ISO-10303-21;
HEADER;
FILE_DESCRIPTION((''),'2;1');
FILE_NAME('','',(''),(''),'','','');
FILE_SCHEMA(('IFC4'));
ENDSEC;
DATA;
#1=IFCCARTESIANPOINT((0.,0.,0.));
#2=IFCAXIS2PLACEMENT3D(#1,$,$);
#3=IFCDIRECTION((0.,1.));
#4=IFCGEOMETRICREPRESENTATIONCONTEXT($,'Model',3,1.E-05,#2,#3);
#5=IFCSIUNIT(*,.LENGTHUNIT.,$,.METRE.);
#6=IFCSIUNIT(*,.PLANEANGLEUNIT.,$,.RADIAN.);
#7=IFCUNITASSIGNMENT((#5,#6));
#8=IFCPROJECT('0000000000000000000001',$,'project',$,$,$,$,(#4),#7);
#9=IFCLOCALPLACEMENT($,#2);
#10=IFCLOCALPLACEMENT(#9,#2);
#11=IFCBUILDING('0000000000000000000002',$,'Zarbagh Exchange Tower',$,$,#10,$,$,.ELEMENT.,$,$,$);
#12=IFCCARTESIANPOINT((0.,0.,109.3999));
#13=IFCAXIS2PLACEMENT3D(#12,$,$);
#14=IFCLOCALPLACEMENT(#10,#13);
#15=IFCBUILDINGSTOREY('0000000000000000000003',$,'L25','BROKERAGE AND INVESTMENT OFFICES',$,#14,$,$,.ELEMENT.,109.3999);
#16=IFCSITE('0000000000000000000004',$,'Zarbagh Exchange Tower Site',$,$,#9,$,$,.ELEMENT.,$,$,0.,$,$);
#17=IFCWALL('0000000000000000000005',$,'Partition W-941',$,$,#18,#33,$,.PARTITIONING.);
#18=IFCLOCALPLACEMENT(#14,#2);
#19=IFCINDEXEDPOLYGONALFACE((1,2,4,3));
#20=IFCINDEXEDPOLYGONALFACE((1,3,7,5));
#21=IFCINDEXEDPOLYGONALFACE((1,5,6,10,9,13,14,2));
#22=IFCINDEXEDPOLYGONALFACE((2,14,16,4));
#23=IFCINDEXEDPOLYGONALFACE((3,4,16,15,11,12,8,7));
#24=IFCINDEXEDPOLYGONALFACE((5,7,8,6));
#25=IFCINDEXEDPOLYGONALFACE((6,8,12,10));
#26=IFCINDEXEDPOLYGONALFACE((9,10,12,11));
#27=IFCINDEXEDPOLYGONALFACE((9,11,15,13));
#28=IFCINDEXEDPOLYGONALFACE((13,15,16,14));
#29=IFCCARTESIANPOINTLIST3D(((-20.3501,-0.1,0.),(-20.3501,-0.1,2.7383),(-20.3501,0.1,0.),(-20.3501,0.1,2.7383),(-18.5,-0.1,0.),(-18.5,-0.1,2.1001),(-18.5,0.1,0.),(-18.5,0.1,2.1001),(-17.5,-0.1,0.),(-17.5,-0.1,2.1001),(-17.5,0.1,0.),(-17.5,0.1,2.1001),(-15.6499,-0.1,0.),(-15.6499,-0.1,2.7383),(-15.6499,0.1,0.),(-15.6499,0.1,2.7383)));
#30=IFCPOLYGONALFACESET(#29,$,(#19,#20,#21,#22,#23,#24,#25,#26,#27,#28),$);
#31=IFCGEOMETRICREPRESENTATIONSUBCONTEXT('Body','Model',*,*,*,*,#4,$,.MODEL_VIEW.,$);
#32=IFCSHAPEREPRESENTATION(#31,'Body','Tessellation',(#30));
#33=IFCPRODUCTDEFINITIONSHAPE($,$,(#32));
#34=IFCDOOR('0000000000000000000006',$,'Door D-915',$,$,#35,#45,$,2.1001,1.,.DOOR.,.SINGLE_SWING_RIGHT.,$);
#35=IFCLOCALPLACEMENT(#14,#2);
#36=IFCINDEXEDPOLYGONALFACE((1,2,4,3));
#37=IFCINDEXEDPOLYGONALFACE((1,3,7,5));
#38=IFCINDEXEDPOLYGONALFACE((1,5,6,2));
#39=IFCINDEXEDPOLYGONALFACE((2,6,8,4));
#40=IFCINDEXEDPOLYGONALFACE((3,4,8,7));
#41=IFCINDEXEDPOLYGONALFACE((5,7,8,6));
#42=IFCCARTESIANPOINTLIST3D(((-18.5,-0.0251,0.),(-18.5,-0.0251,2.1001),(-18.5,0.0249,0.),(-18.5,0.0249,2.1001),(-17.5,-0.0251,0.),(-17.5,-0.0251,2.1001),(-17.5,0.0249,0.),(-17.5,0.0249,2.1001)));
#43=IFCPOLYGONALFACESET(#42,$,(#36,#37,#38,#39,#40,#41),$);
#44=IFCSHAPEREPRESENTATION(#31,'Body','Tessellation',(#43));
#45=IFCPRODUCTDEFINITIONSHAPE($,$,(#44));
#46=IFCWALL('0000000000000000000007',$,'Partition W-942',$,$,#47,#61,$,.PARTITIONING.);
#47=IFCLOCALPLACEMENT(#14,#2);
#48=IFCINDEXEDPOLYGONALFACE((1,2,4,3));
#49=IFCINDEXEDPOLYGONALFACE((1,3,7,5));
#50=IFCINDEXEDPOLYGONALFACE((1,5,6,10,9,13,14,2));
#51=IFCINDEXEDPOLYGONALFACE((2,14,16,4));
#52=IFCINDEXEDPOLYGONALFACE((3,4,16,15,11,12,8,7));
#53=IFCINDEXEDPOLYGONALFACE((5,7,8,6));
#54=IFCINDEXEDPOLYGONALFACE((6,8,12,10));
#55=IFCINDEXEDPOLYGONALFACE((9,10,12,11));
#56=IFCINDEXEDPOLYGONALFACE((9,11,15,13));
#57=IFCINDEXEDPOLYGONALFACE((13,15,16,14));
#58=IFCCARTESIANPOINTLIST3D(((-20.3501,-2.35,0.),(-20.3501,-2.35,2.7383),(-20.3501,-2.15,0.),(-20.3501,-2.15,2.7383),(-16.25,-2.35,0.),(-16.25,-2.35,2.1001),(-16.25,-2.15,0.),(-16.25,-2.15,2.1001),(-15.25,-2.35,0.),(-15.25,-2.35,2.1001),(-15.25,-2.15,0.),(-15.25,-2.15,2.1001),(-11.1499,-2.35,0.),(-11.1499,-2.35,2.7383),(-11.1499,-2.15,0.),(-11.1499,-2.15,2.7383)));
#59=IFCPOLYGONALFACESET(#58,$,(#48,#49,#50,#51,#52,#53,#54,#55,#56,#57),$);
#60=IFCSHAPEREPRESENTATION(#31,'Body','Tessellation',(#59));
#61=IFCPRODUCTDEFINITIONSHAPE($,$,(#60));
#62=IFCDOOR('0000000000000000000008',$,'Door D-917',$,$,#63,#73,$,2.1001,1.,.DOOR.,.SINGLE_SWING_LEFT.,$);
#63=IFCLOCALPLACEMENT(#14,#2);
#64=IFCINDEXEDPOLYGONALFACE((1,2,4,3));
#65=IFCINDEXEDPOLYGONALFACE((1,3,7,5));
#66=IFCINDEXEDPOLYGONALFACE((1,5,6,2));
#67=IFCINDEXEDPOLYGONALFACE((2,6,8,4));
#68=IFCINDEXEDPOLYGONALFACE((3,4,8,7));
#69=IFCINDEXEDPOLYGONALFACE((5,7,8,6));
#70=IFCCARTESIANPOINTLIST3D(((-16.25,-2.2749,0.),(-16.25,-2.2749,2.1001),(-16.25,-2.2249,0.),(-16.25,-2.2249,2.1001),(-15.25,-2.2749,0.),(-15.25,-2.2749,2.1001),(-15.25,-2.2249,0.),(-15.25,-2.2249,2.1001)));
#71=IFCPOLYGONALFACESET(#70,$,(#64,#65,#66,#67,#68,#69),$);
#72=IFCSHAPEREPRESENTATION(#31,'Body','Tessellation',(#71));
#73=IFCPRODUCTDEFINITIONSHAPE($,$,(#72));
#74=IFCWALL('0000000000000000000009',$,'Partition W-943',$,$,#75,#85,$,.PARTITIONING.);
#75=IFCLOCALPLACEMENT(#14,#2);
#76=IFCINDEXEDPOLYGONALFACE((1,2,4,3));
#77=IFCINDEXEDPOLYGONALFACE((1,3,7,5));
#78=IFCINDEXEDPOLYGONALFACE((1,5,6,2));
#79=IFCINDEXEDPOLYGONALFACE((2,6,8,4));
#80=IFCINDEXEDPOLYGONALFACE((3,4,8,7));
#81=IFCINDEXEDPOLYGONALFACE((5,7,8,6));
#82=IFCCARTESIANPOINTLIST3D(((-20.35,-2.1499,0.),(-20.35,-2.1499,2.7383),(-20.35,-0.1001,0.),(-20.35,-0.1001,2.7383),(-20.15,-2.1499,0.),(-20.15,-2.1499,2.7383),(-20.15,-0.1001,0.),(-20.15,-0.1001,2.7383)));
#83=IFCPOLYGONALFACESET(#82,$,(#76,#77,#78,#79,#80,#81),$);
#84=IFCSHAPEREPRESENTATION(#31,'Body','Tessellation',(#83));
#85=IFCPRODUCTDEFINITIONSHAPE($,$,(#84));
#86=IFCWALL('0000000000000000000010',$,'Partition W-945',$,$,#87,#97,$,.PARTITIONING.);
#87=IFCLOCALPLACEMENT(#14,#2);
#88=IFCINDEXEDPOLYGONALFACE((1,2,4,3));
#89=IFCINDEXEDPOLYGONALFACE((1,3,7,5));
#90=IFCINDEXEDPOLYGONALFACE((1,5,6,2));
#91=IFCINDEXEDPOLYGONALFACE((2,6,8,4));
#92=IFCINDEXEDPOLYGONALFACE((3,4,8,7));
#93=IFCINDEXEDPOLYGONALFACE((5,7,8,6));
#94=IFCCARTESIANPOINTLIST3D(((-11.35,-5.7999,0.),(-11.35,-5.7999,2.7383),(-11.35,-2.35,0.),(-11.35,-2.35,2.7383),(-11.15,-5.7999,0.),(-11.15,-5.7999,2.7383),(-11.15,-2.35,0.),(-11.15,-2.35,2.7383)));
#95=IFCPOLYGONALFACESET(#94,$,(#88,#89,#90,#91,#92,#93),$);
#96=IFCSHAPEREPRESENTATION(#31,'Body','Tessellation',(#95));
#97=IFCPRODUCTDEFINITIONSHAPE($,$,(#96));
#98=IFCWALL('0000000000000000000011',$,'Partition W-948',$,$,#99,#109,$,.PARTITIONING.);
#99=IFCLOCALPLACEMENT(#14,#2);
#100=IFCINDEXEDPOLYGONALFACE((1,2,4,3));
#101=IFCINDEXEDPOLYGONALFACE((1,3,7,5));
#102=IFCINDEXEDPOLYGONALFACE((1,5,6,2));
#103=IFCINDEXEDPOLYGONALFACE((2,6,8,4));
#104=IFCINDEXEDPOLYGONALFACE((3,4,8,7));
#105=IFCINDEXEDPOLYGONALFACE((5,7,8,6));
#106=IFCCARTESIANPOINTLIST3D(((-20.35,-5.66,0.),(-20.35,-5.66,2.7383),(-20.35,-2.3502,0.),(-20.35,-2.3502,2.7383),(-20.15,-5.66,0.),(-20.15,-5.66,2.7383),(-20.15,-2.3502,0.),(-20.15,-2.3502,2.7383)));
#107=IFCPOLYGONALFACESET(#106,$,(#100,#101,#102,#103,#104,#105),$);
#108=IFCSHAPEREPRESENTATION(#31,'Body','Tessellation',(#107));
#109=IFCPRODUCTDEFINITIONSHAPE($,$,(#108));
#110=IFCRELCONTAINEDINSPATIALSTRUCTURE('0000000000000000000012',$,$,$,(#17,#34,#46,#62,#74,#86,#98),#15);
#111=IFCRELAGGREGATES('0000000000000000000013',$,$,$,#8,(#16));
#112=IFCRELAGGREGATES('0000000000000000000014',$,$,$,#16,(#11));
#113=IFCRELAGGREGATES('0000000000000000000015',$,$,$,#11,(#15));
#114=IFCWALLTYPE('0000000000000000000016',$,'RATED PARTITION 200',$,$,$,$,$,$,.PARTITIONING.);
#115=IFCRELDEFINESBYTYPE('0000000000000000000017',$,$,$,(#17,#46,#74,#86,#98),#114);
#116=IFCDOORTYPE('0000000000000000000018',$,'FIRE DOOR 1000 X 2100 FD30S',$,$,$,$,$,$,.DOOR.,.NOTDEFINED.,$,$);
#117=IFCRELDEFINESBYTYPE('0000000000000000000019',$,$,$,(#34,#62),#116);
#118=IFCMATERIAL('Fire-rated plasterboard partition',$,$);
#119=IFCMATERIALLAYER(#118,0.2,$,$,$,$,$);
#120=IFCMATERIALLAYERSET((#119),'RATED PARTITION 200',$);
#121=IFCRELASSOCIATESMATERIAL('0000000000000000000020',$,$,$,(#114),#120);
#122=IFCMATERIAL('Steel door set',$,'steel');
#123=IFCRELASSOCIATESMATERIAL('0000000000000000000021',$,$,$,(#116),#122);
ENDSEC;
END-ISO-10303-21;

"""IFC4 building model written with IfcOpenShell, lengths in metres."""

from ifc_helpers import new_model, si_unit, direction, frame, frame_2d, origin, place, context, subcontext, project, spatial, rectangle, extrude, material, layer, layer_set, type_object, element, fill, save


model = new_model("IFC4")

# Units and contexts
model_context = context("Model", 3, precision=1e-05, world=origin(), true_north=direction((0.0, 1.0)))
body_context = subcontext(model_context, "Body", "Model", "MODEL_VIEW")
ifc_project = project(units=[si_unit("LENGTHUNIT", "METRE"), si_unit("PLANEANGLEUNIT", "RADIAN")], contexts=[model_context])

# Site, building, storey
site_placement = place(None, origin())
site = spatial("IfcSite", under=ifc_project, at=site_placement, Name="Zarbagh Exchange Tower Site", CompositionType="ELEMENT", RefElevation=0.0)
building_placement = place(site_placement, origin())
building = spatial("IfcBuilding", under=site, at=building_placement, Name="Zarbagh Exchange Tower", CompositionType="ELEMENT")
storey_placement = place(building_placement, frame((0.0, 0.0, 109.3999)))
storey = spatial("IfcBuildingStorey", under=building, at=storey_placement, Name="L25", Description="BROKERAGE AND INVESTMENT OFFICES", CompositionType="ELEMENT", Elevation=109.3999)

# Shared definitions
ifc_material_1 = material(Name="Fire-rated plasterboard partition")
ifc_layer = layer(ifc_material_1, 0.2)
ifc_layer_set = layer_set([ifc_layer], Name="RATED PARTITION 200")
wall_type = type_object("IfcWallType", Name="RATED PARTITION 200", PredefinedType="PARTITIONING", material=ifc_layer_set)

# Walls, openings, doors
ifc_material_2 = material(Name="Steel door set", Category="steel")
door_type = type_object("IfcDoorType", Name="FIRE DOOR 1000 X 2100 FD30S", OperationType="NOTDEFINED", PredefinedType="DOOR", material=ifc_material_2)
wall_1_placement = place(storey_placement, frame((-20.3501, 0.0, 0.0), z_axis=(0.0, 0.0, 1.0), x_axis=(1.0, 0.0, 0.0)))
wall_1 = element("IfcWall", 1, at=wall_1_placement, inside=storey, type_object=wall_type, Name="Partition W-941", PredefinedType="PARTITIONING", context=body_context, shape_type="SweptSolid", body=[
    extrude(rectangle(XDim=4.7002, YDim=0.2, at=frame_2d((2.3501, 0.0))), origin(), (0.0, 0.0, 1.0), 2.7383),
])
opening_1_placement = place(wall_1_placement, frame((1.8501, 0.0, 0.0)))
opening_1 = element("IfcOpeningElement", 2, at=opening_1_placement, cuts=wall_1, PredefinedType="OPENING", context=body_context, shape_type="SweptSolid", body=[
    extrude(rectangle(XDim=1.0, YDim=2.1001, at=frame_2d((0.5, 1.05))), frame((0.0, 0.1099, 0.0), z_axis=(0.0, -1.0, 0.0), x_axis=(1.0, 0.0, 0.0)), (0.0, 0.0, 1.0), 0.22),
])
door_1_placement = place(opening_1_placement, origin())
door_1 = element("IfcDoor", 3, at=door_1_placement, inside=storey, type_object=door_type, Name="Door D-915", OperationType="SINGLE_SWING_RIGHT", OverallHeight=2.1001, OverallWidth=1.0, PredefinedType="DOOR", context=body_context, shape_type="SweptSolid", body=[
    extrude(rectangle(XDim=1.0, YDim=2.1001, at=frame_2d((0.5, 1.05))), frame((0.0, 0.0249, 0.0), z_axis=(0.0, -1.0, 0.0), x_axis=(1.0, 0.0, 0.0)), (0.0, 0.0, 1.0), 0.05),
])
fill(opening_1, door_1)
wall_2_placement = place(storey_placement, frame((-11.1499, -2.25, 0.0), z_axis=(0.0, 0.0, 1.0), x_axis=(-1.0, 0.0, 0.0)))
wall_2 = element("IfcWall", 4, at=wall_2_placement, inside=storey, type_object=wall_type, Name="Partition W-942", PredefinedType="PARTITIONING", context=body_context, shape_type="SweptSolid", body=[
    extrude(rectangle(XDim=9.2002, YDim=0.2, at=frame_2d((4.6001, 0.0))), origin(), (0.0, 0.0, 1.0), 2.7383),
])
opening_2_placement = place(wall_2_placement, frame((4.1001, 0.0, 0.0)))
opening_2 = element("IfcOpeningElement", 5, at=opening_2_placement, cuts=wall_2, PredefinedType="OPENING", context=body_context, shape_type="SweptSolid", body=[
    extrude(rectangle(XDim=1.0, YDim=2.1001, at=frame_2d((0.5, 1.05))), frame((0.0, 0.1099, 0.0), z_axis=(0.0, -1.0, 0.0), x_axis=(1.0, 0.0, 0.0)), (0.0, 0.0, 1.0), 0.22),
])
door_2_placement = place(opening_2_placement, origin())
door_2 = element("IfcDoor", 6, at=door_2_placement, inside=storey, type_object=door_type, Name="Door D-917", OperationType="SINGLE_SWING_LEFT", OverallHeight=2.1001, OverallWidth=1.0, PredefinedType="DOOR", context=body_context, shape_type="SweptSolid", body=[
    extrude(rectangle(XDim=1.0, YDim=2.1001, at=frame_2d((0.5, 1.05))), frame((0.0, 0.0249, 0.0), z_axis=(0.0, -1.0, 0.0), x_axis=(1.0, 0.0, 0.0)), (0.0, 0.0, 1.0), 0.05),
])
fill(opening_2, door_2)

# Walls
wall_3_placement = place(storey_placement, frame((-20.25, -2.1499, 0.0), z_axis=(0.0, 0.0, 1.0), x_axis=(0.0, 1.0, 0.0)))
element("IfcWall", 7, at=wall_3_placement, inside=storey, type_object=wall_type, Name="Partition W-943", PredefinedType="PARTITIONING", context=body_context, shape_type="SweptSolid", body=[
    extrude(rectangle(XDim=2.0498, YDim=0.2, at=frame_2d((1.0249, 0.0))), origin(), (0.0, 0.0, 1.0), 2.7383),
])
wall_4_placement = place(storey_placement, frame((-11.25, -5.8, 0.0), z_axis=(0.0, 0.0, 1.0), x_axis=(0.0, 1.0, 0.0)))
element("IfcWall", 8, at=wall_4_placement, inside=storey, type_object=wall_type, Name="Partition W-945", PredefinedType="PARTITIONING", context=body_context, shape_type="SweptSolid", body=[
    extrude(rectangle(XDim=3.45, YDim=0.2, at=frame_2d((1.7251, 0.0))), origin(), (0.0, 0.0, 1.0), 2.7383),
])
wall_5_placement = place(storey_placement, frame((-20.25, -5.6599, 0.0), z_axis=(0.0, 0.0, 1.0), x_axis=(0.0, 1.0, 0.0)))
element("IfcWall", 9, at=wall_5_placement, inside=storey, type_object=wall_type, Name="Partition W-948", PredefinedType="PARTITIONING", context=body_context, shape_type="SweptSolid", body=[
    extrude(rectangle(XDim=3.3098, YDim=0.2, at=frame_2d((1.6548, 0.0))), origin(), (0.0, 0.0, 1.0), 2.7383),
])

save(model, "model.ifc")
